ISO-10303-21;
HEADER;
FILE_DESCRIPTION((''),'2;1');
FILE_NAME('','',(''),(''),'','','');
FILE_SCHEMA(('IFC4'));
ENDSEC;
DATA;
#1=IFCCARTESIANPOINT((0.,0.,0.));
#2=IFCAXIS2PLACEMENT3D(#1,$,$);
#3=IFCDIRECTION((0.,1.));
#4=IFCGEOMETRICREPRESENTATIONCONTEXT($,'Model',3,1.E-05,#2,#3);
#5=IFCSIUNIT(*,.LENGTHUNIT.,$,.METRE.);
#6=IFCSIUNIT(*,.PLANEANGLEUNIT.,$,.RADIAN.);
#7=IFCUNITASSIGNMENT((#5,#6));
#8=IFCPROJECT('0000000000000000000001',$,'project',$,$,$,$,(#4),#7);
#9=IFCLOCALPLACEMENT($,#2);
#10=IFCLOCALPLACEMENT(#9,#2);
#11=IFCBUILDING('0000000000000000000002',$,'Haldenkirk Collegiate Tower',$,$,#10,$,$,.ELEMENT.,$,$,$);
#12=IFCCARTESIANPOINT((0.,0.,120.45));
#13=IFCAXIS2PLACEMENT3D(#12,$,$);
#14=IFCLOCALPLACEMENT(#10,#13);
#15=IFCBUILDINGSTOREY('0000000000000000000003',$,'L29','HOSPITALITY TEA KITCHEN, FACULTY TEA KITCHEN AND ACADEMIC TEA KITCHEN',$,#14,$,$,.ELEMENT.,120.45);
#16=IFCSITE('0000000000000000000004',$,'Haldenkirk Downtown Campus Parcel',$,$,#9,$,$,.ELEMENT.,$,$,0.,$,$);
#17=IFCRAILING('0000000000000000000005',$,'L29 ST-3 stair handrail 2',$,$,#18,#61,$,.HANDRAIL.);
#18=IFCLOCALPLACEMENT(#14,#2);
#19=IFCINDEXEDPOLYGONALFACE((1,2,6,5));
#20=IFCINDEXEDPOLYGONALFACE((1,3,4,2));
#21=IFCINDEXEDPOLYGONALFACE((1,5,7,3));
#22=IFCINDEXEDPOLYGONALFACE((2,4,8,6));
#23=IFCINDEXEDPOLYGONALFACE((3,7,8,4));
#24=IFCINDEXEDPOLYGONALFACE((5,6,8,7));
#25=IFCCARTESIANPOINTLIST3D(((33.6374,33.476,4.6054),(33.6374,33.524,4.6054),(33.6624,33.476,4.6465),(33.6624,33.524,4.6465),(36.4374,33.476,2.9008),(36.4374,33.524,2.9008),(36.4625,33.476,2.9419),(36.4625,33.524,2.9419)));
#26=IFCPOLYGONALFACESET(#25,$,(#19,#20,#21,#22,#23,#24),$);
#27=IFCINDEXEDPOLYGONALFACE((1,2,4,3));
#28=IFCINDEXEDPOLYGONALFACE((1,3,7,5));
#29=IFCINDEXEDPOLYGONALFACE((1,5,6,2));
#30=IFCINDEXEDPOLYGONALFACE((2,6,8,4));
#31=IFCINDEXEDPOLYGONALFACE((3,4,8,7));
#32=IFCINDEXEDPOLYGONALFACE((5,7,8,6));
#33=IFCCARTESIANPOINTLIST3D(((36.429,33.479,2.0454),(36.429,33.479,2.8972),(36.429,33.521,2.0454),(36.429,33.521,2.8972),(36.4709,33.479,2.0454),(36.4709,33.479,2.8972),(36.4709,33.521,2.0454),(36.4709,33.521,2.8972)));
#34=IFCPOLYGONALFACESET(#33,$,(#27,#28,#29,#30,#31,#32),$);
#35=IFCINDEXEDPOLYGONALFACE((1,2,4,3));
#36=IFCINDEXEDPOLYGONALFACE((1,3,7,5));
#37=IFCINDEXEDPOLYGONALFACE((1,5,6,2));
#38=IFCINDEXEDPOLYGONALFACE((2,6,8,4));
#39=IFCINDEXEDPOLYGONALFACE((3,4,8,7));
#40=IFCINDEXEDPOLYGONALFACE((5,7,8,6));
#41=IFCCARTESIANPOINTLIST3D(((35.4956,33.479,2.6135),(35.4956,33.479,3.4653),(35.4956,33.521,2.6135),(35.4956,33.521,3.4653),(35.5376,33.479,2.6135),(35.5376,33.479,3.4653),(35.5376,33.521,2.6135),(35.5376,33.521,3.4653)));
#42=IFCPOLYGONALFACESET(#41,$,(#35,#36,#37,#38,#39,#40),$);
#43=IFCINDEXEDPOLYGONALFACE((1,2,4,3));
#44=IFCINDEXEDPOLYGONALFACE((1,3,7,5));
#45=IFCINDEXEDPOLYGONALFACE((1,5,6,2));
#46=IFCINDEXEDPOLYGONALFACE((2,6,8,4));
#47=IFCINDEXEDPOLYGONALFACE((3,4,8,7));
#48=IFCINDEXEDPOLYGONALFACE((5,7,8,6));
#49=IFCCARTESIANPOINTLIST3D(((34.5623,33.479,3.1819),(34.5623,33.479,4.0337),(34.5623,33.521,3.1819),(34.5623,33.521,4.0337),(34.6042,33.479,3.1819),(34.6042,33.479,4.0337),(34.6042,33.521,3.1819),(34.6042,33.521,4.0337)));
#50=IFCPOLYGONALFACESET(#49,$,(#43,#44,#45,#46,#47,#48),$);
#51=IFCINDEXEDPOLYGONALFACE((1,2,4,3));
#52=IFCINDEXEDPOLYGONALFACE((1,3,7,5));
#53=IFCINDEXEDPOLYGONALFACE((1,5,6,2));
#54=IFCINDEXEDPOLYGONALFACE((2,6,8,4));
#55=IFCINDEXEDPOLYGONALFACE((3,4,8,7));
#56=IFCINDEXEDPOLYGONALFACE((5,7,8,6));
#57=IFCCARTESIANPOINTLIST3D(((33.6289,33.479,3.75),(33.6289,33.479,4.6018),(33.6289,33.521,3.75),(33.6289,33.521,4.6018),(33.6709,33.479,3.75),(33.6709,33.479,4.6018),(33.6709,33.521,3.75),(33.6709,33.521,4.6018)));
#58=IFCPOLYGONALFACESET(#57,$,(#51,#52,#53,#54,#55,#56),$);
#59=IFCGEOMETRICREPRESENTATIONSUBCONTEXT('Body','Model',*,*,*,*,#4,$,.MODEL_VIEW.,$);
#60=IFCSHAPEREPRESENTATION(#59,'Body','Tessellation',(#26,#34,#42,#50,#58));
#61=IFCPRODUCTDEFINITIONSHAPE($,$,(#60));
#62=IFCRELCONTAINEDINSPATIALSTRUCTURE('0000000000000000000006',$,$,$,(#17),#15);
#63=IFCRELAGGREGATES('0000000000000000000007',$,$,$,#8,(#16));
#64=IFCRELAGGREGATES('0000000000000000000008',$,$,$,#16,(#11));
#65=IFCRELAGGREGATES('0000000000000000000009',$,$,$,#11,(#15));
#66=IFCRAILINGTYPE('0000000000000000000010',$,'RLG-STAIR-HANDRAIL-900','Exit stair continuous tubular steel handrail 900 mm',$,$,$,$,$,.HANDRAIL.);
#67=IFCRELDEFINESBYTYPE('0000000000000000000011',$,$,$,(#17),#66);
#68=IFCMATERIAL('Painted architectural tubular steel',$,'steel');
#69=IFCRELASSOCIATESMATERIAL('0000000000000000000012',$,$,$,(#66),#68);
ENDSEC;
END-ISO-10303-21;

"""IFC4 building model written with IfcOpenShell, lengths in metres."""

from ifc_helpers import new_model, si_unit, direction, frame, origin, origin_2d, place, context, subcontext, project, spatial, rectangle, extrude, material, type_object, element, save


model = new_model("IFC4")

# Units and contexts
model_context = context("Model", 3, precision=1e-05, world=origin(), true_north=direction((0.0, 1.0)))
body_context = subcontext(model_context, "Body", "Model", "MODEL_VIEW")
ifc_project = project(units=[si_unit("LENGTHUNIT", "METRE"), si_unit("PLANEANGLEUNIT", "RADIAN")], contexts=[model_context])

# Site, building, storey
site_placement = place(None, origin())
site = spatial("IfcSite", under=ifc_project, at=site_placement, Name="Haldenkirk Downtown Campus Parcel", CompositionType="ELEMENT", RefElevation=0.0)
building_placement = place(site_placement, origin())
building = spatial("IfcBuilding", under=site, at=building_placement, Name="Haldenkirk Collegiate Tower", CompositionType="ELEMENT")
storey_placement = place(building_placement, frame((0.0, 0.0, 120.45)))
storey = spatial("IfcBuildingStorey", under=building, at=storey_placement, Name="L29", Description="HOSPITALITY TEA KITCHEN, FACULTY TEA KITCHEN AND ACADEMIC TEA KITCHEN", CompositionType="ELEMENT", Elevation=120.45)

# Railing
ifc_material_1 = material(Name="Painted architectural tubular steel", Category="steel")
railing_type_1 = type_object("IfcRailingType", Name="RLG-STAIR-HANDRAIL-900", Description="Exit stair continuous tubular steel handrail 900 mm", PredefinedType="HANDRAIL", material=ifc_material_1)
railing_1_placement = place(storey_placement, frame((36.45, 33.5, 2.0454)))
element("IfcRailing", 1, at=railing_1_placement, inside=storey, type_object=railing_type_1, Name="L29 ST-3 stair handrail 2", PredefinedType="HANDRAIL", context=body_context, shape_type="SweptSolid", body=[
    extrude(rectangle(XDim=0.0481, YDim=0.0481, at=origin_2d()), frame((0.0, 0.0, 0.876), z_axis=(-0.85417, 0.0, 0.519994), x_axis=(0.0, -1.0, 0.0)), (0.0, 0.0, 1.0), 3.2781),
    extrude(rectangle(XDim=0.042, YDim=0.042, at=origin_2d()), origin(), (0.0, 0.0, 1.0), 0.8518),
    extrude(rectangle(XDim=0.042, YDim=0.042, at=origin_2d()), frame((-0.9333, 0.0, 0.5681)), (0.0, 0.0, 1.0), 0.8518),
    extrude(rectangle(XDim=0.042, YDim=0.042, at=origin_2d()), frame((-1.8667, 0.0, 1.1365)), (0.0, 0.0, 1.0), 0.8518),
    extrude(rectangle(XDim=0.042, YDim=0.042, at=origin_2d()), frame((-2.8, 0.0, 1.7046)), (0.0, 0.0, 1.0), 0.8518),
])

save(model, "model.ifc")
